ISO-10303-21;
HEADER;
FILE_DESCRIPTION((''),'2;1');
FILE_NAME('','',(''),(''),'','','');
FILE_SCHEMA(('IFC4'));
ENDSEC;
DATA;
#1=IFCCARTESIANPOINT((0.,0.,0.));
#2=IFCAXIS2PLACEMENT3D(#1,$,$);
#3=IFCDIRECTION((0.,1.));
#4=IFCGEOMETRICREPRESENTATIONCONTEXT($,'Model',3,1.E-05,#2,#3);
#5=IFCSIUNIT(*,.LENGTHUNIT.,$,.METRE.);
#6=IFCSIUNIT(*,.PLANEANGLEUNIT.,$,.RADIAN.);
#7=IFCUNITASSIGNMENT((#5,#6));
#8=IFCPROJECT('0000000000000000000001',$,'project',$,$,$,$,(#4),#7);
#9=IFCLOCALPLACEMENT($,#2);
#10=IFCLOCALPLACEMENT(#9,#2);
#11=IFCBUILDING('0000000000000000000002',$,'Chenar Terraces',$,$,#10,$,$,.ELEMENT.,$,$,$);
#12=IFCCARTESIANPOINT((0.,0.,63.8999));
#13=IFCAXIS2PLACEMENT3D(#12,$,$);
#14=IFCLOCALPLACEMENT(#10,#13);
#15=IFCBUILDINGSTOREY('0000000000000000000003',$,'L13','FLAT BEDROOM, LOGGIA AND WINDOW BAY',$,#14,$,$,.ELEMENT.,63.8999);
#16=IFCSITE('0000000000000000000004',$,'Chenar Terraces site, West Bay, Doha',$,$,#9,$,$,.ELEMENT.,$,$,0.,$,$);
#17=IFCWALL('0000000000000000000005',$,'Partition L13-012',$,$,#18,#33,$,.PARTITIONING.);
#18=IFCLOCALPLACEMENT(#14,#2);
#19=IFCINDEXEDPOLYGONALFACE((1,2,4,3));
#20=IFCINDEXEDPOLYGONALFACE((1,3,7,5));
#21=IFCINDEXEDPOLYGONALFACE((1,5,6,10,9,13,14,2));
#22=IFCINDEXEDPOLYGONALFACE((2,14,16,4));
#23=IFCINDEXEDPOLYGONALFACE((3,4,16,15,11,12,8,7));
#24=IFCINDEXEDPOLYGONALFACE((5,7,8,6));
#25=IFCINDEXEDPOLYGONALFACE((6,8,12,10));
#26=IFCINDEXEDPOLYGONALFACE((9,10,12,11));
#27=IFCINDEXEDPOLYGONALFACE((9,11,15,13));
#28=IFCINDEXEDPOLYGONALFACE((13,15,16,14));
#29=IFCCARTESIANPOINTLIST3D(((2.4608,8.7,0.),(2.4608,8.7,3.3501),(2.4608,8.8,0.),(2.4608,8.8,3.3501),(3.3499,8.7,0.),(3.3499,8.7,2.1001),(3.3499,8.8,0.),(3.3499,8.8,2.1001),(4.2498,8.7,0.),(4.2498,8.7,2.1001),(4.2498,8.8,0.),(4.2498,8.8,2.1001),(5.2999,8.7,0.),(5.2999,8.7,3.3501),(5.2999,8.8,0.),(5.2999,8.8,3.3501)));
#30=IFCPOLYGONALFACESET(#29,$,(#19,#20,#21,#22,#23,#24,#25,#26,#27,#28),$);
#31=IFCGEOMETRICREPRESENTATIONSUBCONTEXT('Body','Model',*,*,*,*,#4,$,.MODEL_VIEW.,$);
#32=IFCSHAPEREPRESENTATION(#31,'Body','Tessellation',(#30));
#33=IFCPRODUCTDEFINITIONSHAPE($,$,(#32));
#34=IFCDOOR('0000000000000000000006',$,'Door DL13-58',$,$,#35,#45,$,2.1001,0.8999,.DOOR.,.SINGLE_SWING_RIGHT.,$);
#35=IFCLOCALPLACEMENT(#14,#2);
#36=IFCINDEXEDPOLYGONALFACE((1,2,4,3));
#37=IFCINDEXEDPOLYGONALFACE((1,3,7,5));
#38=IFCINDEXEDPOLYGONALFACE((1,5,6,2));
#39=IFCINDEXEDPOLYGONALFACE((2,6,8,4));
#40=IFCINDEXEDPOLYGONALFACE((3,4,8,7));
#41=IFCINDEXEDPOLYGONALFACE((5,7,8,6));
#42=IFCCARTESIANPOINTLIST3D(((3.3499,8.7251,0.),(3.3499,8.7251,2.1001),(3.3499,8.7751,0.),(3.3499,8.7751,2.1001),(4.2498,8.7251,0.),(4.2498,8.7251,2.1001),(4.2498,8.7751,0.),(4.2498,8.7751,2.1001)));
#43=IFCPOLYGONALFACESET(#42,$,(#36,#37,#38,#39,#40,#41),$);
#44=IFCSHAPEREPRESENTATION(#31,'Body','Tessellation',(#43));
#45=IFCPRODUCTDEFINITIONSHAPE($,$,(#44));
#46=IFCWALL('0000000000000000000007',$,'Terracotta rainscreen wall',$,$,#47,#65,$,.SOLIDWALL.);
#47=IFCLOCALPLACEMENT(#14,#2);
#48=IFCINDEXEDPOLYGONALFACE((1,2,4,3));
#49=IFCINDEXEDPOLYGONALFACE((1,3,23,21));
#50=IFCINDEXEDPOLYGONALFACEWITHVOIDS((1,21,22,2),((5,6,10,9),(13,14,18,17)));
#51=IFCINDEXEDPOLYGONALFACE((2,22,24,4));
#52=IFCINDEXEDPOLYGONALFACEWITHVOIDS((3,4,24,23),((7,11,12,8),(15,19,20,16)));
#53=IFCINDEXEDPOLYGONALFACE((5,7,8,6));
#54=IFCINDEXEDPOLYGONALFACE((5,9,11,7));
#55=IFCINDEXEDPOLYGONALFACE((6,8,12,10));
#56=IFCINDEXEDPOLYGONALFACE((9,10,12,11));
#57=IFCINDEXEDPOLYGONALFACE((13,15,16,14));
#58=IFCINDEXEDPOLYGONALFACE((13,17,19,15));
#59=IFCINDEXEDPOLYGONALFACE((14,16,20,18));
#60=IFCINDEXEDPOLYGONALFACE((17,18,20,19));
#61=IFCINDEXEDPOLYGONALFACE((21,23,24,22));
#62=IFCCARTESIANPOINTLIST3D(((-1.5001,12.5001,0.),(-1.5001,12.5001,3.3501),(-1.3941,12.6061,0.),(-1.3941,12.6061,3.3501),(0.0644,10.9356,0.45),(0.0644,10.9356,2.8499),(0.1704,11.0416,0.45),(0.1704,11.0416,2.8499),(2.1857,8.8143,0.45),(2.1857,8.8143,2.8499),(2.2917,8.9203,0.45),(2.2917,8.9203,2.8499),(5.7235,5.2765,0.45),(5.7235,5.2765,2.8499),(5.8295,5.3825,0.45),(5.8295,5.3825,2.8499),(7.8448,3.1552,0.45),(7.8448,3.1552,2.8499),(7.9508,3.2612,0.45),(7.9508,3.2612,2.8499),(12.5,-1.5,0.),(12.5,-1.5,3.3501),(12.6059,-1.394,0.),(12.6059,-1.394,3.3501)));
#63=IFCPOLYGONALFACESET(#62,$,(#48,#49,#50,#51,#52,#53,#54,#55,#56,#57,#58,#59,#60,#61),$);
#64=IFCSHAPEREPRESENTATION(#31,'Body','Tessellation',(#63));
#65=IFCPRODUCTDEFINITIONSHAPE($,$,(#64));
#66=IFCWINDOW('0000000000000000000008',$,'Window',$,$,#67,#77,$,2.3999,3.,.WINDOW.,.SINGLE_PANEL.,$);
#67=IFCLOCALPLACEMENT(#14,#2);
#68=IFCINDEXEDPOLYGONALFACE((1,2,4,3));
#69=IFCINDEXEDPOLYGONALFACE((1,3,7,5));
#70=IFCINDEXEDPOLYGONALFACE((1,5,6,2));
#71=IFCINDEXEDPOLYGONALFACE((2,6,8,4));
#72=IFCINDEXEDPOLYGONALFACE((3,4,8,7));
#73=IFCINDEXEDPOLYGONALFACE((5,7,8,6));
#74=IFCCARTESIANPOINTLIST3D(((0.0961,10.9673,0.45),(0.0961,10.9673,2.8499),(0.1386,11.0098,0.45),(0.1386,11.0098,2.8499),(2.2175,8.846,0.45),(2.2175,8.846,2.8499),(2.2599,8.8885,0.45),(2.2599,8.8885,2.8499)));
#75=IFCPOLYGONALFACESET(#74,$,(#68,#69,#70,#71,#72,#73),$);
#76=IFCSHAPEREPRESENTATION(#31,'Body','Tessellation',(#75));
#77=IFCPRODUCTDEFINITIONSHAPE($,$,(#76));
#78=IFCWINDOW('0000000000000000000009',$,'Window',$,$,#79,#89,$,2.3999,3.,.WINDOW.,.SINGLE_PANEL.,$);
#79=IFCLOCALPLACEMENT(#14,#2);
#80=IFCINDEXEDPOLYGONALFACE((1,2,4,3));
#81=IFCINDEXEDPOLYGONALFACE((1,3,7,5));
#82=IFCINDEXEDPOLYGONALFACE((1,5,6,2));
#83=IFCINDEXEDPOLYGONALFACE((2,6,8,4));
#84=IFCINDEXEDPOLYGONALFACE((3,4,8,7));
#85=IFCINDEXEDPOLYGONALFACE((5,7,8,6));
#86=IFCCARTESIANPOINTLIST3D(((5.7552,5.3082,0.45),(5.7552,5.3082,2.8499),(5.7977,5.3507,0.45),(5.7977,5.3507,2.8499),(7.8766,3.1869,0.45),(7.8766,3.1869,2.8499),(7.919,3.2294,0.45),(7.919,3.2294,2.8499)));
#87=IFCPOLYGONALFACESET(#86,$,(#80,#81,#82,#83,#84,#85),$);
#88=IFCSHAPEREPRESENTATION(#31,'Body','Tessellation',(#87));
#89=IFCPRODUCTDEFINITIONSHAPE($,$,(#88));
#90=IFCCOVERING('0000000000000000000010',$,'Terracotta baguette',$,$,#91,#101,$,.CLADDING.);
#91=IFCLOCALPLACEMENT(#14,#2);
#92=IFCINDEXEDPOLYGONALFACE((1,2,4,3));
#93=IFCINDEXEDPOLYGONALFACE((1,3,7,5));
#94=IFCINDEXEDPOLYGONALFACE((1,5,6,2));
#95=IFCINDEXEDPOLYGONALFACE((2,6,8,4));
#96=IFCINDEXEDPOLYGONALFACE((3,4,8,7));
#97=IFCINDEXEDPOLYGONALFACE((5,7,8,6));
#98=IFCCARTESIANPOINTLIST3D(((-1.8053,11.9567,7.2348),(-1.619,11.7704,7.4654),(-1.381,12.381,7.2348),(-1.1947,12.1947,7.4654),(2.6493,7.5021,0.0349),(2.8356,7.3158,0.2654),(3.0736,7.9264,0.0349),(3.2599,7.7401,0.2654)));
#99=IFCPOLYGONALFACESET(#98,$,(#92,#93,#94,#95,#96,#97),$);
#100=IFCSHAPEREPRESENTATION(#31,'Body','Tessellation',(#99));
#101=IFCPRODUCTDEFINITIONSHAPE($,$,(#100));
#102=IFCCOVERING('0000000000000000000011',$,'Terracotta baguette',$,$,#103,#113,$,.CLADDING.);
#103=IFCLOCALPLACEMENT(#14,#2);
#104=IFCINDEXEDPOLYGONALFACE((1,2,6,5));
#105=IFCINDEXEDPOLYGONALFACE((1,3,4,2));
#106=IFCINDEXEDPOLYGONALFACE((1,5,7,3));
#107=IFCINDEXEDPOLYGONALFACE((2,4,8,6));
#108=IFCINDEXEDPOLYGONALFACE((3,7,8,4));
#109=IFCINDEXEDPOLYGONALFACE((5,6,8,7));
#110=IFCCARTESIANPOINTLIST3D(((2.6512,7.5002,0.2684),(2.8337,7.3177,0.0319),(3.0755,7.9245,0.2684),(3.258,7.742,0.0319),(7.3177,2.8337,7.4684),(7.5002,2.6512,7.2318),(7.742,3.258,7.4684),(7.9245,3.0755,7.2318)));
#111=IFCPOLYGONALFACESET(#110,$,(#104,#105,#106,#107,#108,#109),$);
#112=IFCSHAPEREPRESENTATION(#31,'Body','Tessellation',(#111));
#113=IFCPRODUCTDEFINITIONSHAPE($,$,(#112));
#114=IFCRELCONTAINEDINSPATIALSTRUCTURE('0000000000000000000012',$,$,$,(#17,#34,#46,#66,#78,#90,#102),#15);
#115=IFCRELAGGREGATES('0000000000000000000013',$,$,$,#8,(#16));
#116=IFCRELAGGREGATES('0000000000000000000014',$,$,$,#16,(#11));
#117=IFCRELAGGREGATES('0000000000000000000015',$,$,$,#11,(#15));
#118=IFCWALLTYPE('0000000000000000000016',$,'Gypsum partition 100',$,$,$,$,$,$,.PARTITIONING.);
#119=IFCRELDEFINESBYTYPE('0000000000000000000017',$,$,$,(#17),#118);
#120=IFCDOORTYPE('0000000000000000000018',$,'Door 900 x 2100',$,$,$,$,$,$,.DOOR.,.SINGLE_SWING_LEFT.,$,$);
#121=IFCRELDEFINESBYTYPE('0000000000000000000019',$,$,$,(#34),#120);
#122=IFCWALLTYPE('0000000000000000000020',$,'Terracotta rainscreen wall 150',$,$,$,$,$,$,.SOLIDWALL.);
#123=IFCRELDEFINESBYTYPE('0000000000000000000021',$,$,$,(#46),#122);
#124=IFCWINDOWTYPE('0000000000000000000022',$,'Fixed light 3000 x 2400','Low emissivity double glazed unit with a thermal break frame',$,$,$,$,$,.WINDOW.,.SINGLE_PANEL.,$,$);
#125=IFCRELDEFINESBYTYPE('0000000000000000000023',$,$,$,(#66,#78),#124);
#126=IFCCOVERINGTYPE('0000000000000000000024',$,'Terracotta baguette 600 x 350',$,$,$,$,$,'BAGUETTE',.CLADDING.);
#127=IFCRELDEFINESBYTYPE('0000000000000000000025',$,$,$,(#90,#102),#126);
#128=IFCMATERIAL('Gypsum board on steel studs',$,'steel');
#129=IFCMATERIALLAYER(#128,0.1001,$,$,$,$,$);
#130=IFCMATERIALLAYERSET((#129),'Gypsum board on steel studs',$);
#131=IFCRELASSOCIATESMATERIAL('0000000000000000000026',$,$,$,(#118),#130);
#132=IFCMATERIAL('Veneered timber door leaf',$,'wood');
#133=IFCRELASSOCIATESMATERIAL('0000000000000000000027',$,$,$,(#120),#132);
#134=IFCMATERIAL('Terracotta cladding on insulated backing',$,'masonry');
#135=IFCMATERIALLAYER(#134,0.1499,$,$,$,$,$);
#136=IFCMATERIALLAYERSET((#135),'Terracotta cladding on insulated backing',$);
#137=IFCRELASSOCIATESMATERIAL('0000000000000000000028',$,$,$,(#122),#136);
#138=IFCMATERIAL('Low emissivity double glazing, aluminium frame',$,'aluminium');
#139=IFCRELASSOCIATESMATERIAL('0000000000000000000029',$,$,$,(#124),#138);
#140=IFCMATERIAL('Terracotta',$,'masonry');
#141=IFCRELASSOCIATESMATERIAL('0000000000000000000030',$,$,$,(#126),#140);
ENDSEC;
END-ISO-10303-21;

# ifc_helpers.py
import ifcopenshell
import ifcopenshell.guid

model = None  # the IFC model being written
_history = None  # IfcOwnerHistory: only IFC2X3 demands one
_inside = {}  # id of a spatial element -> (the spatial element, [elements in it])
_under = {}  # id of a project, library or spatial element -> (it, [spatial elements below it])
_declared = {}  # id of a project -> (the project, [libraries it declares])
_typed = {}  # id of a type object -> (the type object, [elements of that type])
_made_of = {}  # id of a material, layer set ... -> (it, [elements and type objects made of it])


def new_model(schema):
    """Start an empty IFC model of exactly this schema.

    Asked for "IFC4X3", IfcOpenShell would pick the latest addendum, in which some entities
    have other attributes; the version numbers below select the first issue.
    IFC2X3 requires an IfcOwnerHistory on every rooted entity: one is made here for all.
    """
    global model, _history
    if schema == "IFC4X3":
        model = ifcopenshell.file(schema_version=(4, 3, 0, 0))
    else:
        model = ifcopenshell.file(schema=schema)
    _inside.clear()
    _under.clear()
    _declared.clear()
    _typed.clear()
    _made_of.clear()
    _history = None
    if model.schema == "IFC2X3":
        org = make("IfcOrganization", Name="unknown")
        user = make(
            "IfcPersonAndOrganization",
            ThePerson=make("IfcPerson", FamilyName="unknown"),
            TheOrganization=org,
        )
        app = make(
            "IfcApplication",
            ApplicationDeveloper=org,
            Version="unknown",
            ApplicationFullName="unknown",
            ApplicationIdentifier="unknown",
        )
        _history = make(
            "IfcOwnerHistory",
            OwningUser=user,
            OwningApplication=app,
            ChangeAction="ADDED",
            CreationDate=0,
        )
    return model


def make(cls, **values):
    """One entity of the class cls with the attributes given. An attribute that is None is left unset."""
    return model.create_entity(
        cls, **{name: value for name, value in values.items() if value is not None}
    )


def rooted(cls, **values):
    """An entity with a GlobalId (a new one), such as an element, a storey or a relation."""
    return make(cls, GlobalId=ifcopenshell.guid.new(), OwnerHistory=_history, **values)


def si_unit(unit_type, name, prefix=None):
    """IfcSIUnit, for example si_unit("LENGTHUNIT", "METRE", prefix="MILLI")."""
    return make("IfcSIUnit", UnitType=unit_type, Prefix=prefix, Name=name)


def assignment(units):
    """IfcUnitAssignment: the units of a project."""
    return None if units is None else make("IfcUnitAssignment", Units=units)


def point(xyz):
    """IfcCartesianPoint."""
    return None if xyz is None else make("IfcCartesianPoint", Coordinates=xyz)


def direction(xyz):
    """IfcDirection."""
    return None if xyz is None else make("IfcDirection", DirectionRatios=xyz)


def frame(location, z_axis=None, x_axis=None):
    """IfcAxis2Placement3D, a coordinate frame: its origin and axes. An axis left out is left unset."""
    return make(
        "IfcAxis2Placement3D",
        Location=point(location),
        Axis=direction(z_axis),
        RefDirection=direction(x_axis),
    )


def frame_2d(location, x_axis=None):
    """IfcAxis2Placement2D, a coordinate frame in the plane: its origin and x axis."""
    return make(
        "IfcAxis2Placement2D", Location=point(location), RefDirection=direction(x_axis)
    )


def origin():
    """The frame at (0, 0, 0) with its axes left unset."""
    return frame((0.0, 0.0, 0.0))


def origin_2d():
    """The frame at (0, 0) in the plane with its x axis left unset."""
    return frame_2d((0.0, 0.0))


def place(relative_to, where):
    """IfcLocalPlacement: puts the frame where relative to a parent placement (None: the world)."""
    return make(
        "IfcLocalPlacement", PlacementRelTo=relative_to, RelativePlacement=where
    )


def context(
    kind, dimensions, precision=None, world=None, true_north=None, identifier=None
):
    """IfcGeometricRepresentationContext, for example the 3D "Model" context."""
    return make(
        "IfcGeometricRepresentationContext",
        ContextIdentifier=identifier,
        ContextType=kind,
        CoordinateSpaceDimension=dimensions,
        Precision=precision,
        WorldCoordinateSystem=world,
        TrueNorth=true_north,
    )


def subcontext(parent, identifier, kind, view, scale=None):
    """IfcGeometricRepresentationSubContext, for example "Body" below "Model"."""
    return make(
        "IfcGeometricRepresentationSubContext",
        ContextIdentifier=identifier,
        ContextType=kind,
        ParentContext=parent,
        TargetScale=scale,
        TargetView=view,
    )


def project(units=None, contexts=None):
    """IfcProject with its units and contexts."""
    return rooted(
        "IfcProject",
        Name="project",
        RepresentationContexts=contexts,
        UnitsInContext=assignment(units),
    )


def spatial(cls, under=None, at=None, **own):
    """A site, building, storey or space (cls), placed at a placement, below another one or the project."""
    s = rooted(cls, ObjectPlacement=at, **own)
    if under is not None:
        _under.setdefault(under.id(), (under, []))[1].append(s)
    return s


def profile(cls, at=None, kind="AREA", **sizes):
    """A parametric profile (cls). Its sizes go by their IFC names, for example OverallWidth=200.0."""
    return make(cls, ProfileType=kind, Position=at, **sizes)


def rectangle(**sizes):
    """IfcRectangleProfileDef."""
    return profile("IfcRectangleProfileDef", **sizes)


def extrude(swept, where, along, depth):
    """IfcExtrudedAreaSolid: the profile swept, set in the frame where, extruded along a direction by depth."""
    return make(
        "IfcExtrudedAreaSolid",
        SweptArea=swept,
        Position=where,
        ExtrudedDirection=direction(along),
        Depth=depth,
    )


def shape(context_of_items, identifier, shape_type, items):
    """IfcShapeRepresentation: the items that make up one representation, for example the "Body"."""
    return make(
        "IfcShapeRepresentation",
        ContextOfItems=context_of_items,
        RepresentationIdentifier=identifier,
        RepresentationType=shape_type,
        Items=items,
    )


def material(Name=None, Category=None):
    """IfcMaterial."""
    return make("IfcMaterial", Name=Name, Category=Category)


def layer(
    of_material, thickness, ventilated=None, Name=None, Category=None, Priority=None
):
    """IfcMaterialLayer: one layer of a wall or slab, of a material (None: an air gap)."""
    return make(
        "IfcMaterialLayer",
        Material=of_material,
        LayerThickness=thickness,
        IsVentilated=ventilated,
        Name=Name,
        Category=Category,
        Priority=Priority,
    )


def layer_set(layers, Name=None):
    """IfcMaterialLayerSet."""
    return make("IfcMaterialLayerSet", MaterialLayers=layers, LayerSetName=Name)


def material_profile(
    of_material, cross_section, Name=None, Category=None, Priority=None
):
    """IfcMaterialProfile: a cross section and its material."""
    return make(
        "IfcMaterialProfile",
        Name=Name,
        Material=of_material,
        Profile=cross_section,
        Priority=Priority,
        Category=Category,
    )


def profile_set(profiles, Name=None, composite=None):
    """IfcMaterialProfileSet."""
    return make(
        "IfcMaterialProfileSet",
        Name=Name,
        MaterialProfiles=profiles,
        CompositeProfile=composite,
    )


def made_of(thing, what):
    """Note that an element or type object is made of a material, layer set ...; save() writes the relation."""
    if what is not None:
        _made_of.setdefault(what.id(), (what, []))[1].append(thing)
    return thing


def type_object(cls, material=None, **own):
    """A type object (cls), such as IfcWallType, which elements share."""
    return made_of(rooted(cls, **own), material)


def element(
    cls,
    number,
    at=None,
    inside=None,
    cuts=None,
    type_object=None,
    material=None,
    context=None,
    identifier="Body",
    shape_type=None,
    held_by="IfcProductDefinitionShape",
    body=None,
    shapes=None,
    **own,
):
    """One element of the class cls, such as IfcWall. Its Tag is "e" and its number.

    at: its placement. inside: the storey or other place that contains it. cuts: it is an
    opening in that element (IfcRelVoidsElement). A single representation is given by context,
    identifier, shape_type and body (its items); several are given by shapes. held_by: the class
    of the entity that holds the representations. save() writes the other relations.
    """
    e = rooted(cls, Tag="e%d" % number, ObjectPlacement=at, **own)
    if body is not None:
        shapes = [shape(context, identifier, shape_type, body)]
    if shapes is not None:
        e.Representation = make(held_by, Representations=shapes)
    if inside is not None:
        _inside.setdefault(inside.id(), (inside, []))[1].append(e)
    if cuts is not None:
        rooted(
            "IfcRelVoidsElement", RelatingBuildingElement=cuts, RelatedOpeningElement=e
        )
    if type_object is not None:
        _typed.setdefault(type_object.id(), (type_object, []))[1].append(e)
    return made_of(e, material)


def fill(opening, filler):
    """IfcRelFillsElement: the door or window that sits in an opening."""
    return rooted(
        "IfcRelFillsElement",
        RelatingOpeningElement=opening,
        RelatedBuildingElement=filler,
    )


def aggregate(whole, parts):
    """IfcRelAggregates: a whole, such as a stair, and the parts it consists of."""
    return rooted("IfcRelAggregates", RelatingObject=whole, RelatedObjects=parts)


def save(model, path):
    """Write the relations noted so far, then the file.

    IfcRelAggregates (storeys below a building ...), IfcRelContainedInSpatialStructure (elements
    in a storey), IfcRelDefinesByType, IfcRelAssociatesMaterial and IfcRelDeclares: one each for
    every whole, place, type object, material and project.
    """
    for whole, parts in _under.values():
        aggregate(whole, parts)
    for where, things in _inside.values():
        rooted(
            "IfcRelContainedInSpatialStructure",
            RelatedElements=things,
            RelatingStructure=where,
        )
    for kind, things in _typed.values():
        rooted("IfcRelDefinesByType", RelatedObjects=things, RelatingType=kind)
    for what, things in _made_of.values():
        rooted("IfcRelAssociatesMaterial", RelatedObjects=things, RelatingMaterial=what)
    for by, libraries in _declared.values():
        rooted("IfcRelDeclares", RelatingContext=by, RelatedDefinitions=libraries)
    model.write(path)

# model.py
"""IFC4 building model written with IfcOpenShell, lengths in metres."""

from ifc_helpers import new_model, si_unit, direction, frame, frame_2d, origin, origin_2d, place, context, subcontext, project, spatial, rectangle, extrude, material, layer, layer_set, material_profile, profile_set, type_object, element, fill, save


model = new_model("IFC4")

# Units and contexts
model_context = context("Model", 3, precision=1e-05, world=origin(), true_north=direction((0.0, 1.0)))
body_context = subcontext(model_context, "Body", "Model", "MODEL_VIEW")
ifc_project = project(units=[si_unit("LENGTHUNIT", "METRE"), si_unit("PLANEANGLEUNIT", "RADIAN")], contexts=[model_context])

# Site, building, storey
site_placement = place(None, origin())
site = spatial("IfcSite", under=ifc_project, at=site_placement, Name="Chenar Terraces site, West Bay, Doha", CompositionType="ELEMENT", RefElevation=0.0)
building_placement = place(site_placement, origin())
building = spatial("IfcBuilding", under=site, at=building_placement, Name="Chenar Terraces", CompositionType="ELEMENT")
storey_placement = place(building_placement, frame((0.0, 0.0, 63.8999)))
storey = spatial("IfcBuildingStorey", under=building, at=storey_placement, Name="L13", Description="FLAT BEDROOM, LOGGIA AND WINDOW BAY", CompositionType="ELEMENT", Elevation=63.8999)

# Wall, opening, door
ifc_material_1 = material(Name="Gypsum board on steel studs", Category="steel")
ifc_layer_1 = layer(ifc_material_1, 0.1001)
ifc_layer_set_1 = layer_set([ifc_layer_1], Name="Gypsum board on steel studs")
wall_type_1 = type_object("IfcWallType", Name="Gypsum partition 100", PredefinedType="PARTITIONING", material=ifc_layer_set_1)
wall_1_placement = place(storey_placement, frame((2.4609, 8.75, 0.0), z_axis=(0.0, 0.0, 1.0), x_axis=(1.0, 0.0, 0.0)))
wall_1 = element("IfcWall", 1, at=wall_1_placement, inside=storey, type_object=wall_type_1, Name="Partition L13-012", PredefinedType="PARTITIONING", context=body_context, shape_type="SweptSolid", body=[
    extrude(rectangle(XDim=2.8391, YDim=0.1001, at=frame_2d((1.4194, 0.0))), origin(), (0.0, 0.0, 1.0), 3.3501),
])
opening_1_placement = place(wall_1_placement, frame((0.8889, 0.0, 0.0)))
opening_1 = element("IfcOpeningElement", 2, at=opening_1_placement, cuts=wall_1, PredefinedType="OPENING", context=body_context, shape_type="SweptSolid", body=[
    extrude(rectangle(XDim=0.8999, YDim=2.1001, at=frame_2d((0.45, 1.05))), frame((0.0, 0.0601, 0.0), z_axis=(0.0, -1.0, 0.0), x_axis=(1.0, 0.0, 0.0)), (0.0, 0.0, 1.0), 0.1201),
])
ifc_material_2 = material(Name="Veneered timber door leaf", Category="wood")
door_type = type_object("IfcDoorType", Name="Door 900 x 2100", OperationType="SINGLE_SWING_LEFT", PredefinedType="DOOR", material=ifc_material_2)
door_placement = place(opening_1_placement, frame((0.8999, 0.0, 0.0), z_axis=(0.0, 0.0, 1.0), x_axis=(-1.0, 0.0, 0.0)))
door = element("IfcDoor", 3, at=door_placement, inside=storey, type_object=door_type, Name="Door DL13-58", OperationType="SINGLE_SWING_RIGHT", OverallHeight=2.1001, OverallWidth=0.8999, PredefinedType="DOOR", context=body_context, shape_type="SweptSolid", body=[
    extrude(rectangle(XDim=0.8999, YDim=2.1001, at=frame_2d((0.45, 1.05))), frame((0.0, 0.0249, 0.0), z_axis=(0.0, -1.0, 0.0), x_axis=(1.0, 0.0, 0.0)), (0.0, 0.0, 1.0), 0.05),
])
fill(opening_1, door)

# Wall, openings, windows
ifc_material_3 = material(Name="Terracotta cladding on insulated backing", Category="masonry")
ifc_layer_2 = layer(ifc_material_3, 0.1499)
ifc_layer_set_2 = layer_set([ifc_layer_2], Name="Terracotta cladding on insulated backing")
wall_type_2 = type_object("IfcWallType", Name="Terracotta rainscreen wall 150", PredefinedType="SOLIDWALL", material=ifc_layer_set_2)
wall_2_placement = place(storey_placement, frame((-1.447, 12.553, 0.0), z_axis=(0.0, 0.0, 1.0), x_axis=(0.707107, -0.707107, 0.0)))
wall_2 = element("IfcWall", 4, at=wall_2_placement, inside=storey, type_object=wall_type_2, Name="Terracotta rainscreen wall", PredefinedType="SOLIDWALL", context=body_context, shape_type="SweptSolid", body=[
    extrude(rectangle(XDim=19.7991, YDim=0.1499, at=frame_2d((9.8994, 0.0))), origin(), (0.0, 0.0, 1.0), 3.3501),
])
opening_2_placement = place(wall_2_placement, frame((2.2124, 0.0, 0.45)))
opening_2 = element("IfcOpeningElement", 5, at=opening_2_placement, cuts=wall_2, PredefinedType="OPENING", context=body_context, shape_type="SweptSolid", body=[
    extrude(rectangle(XDim=3.0, YDim=2.3999, at=frame_2d((1.5, 1.2))), frame((0.0, 0.085, 0.0), z_axis=(0.0, -1.0, 0.0), x_axis=(1.0, 0.0, 0.0)), (0.0, 0.0, 1.0), 0.1699),
])
opening_3_placement = place(wall_2_placement, frame((10.2156, 0.0, 0.45)))
opening_3 = element("IfcOpeningElement", 6, at=opening_3_placement, cuts=wall_2, PredefinedType="OPENING", context=body_context, shape_type="SweptSolid", body=[
    extrude(rectangle(XDim=3.0, YDim=2.3999, at=frame_2d((1.5, 1.2))), frame((0.0, 0.085, 0.0), z_axis=(0.0, -1.0, 0.0), x_axis=(1.0, 0.0, 0.0)), (0.0, 0.0, 1.0), 0.1699),
])
ifc_material_4 = material(Name="Low emissivity double glazing, aluminium frame", Category="aluminium")
window_type = type_object("IfcWindowType", Name="Fixed light 3000 x 2400", Description="Low emissivity double glazed unit with a thermal break frame", PartitioningType="SINGLE_PANEL", PredefinedType="WINDOW", material=ifc_material_4)
window_1_placement = place(opening_2_placement, origin())
window_1 = element("IfcWindow", 7, at=window_1_placement, inside=storey, type_object=window_type, Name="Window", OverallHeight=2.3999, OverallWidth=3.0, PartitioningType="SINGLE_PANEL", PredefinedType="WINDOW", context=body_context, shape_type="SweptSolid", body=[
    extrude(rectangle(XDim=3.0, YDim=2.3999, at=frame_2d((1.5, 1.2))), frame((0.0, 0.03, 0.0), z_axis=(0.0, -1.0, 0.0), x_axis=(1.0, 0.0, 0.0)), (0.0, 0.0, 1.0), 0.0601),
])
fill(opening_2, window_1)
window_2_placement = place(opening_3_placement, origin())
window_2 = element("IfcWindow", 8, at=window_2_placement, inside=storey, type_object=window_type, Name="Window", OverallHeight=2.3999, OverallWidth=3.0, PartitioningType="SINGLE_PANEL", PredefinedType="WINDOW", context=body_context, shape_type="SweptSolid", body=[
    extrude(rectangle(XDim=3.0, YDim=2.3999, at=frame_2d((1.5, 1.2))), frame((0.0, 0.03, 0.0), z_axis=(0.0, -1.0, 0.0), x_axis=(1.0, 0.0, 0.0)), (0.0, 0.0, 1.0), 0.0601),
])
fill(opening_3, window_2)

# Coverings
ifc_material_5 = material(Name="Terracotta", Category="masonry")
ifc_material_profile = material_profile(ifc_material_5, rectangle(XDim=0.6001, YDim=0.3501, at=origin_2d()), Name="Terracotta baguette 600 x 350")
ifc_profile_set = profile_set([ifc_material_profile], Name="Terracotta")
covering_type = type_object("IfcCoveringType", Name="Terracotta baguette 600 x 350", ElementType="BAGUETTE", PredefinedType="CLADDING", material=ifc_profile_set)
covering_1_placement = place(storey_placement, frame((-1.5, 12.0757, 7.3501), z_axis=(0.465624, -0.465624, -0.752588), x_axis=(0.707107, 0.707107, 0.0)))
element("IfcCovering", 9, at=covering_1_placement, inside=storey, type_object=covering_type, Name="Terracotta baguette", PredefinedType="CLADDING", context=body_context, shape_type="SweptSolid", body=[
    extrude(rectangle(XDim=0.6001, YDim=0.3501, at=origin_2d()), origin(), (0.0, 0.0, 1.0), 9.5669),
])
covering_2_placement = place(storey_placement, frame((2.9546, 7.6211, 0.1501), z_axis=(0.477789, -0.477789, 0.737181), x_axis=(0.707107, 0.707107, 0.0)))
element("IfcCovering", 10, at=covering_2_placement, inside=storey, type_object=covering_type, Name="Terracotta baguette", PredefinedType="CLADDING", context=body_context, shape_type="SweptSolid", body=[
    extrude(rectangle(XDim=0.6001, YDim=0.3501, at=origin_2d()), origin(), (0.0, 0.0, 1.0), 9.7668),
])

save(model, "model.ifc")
